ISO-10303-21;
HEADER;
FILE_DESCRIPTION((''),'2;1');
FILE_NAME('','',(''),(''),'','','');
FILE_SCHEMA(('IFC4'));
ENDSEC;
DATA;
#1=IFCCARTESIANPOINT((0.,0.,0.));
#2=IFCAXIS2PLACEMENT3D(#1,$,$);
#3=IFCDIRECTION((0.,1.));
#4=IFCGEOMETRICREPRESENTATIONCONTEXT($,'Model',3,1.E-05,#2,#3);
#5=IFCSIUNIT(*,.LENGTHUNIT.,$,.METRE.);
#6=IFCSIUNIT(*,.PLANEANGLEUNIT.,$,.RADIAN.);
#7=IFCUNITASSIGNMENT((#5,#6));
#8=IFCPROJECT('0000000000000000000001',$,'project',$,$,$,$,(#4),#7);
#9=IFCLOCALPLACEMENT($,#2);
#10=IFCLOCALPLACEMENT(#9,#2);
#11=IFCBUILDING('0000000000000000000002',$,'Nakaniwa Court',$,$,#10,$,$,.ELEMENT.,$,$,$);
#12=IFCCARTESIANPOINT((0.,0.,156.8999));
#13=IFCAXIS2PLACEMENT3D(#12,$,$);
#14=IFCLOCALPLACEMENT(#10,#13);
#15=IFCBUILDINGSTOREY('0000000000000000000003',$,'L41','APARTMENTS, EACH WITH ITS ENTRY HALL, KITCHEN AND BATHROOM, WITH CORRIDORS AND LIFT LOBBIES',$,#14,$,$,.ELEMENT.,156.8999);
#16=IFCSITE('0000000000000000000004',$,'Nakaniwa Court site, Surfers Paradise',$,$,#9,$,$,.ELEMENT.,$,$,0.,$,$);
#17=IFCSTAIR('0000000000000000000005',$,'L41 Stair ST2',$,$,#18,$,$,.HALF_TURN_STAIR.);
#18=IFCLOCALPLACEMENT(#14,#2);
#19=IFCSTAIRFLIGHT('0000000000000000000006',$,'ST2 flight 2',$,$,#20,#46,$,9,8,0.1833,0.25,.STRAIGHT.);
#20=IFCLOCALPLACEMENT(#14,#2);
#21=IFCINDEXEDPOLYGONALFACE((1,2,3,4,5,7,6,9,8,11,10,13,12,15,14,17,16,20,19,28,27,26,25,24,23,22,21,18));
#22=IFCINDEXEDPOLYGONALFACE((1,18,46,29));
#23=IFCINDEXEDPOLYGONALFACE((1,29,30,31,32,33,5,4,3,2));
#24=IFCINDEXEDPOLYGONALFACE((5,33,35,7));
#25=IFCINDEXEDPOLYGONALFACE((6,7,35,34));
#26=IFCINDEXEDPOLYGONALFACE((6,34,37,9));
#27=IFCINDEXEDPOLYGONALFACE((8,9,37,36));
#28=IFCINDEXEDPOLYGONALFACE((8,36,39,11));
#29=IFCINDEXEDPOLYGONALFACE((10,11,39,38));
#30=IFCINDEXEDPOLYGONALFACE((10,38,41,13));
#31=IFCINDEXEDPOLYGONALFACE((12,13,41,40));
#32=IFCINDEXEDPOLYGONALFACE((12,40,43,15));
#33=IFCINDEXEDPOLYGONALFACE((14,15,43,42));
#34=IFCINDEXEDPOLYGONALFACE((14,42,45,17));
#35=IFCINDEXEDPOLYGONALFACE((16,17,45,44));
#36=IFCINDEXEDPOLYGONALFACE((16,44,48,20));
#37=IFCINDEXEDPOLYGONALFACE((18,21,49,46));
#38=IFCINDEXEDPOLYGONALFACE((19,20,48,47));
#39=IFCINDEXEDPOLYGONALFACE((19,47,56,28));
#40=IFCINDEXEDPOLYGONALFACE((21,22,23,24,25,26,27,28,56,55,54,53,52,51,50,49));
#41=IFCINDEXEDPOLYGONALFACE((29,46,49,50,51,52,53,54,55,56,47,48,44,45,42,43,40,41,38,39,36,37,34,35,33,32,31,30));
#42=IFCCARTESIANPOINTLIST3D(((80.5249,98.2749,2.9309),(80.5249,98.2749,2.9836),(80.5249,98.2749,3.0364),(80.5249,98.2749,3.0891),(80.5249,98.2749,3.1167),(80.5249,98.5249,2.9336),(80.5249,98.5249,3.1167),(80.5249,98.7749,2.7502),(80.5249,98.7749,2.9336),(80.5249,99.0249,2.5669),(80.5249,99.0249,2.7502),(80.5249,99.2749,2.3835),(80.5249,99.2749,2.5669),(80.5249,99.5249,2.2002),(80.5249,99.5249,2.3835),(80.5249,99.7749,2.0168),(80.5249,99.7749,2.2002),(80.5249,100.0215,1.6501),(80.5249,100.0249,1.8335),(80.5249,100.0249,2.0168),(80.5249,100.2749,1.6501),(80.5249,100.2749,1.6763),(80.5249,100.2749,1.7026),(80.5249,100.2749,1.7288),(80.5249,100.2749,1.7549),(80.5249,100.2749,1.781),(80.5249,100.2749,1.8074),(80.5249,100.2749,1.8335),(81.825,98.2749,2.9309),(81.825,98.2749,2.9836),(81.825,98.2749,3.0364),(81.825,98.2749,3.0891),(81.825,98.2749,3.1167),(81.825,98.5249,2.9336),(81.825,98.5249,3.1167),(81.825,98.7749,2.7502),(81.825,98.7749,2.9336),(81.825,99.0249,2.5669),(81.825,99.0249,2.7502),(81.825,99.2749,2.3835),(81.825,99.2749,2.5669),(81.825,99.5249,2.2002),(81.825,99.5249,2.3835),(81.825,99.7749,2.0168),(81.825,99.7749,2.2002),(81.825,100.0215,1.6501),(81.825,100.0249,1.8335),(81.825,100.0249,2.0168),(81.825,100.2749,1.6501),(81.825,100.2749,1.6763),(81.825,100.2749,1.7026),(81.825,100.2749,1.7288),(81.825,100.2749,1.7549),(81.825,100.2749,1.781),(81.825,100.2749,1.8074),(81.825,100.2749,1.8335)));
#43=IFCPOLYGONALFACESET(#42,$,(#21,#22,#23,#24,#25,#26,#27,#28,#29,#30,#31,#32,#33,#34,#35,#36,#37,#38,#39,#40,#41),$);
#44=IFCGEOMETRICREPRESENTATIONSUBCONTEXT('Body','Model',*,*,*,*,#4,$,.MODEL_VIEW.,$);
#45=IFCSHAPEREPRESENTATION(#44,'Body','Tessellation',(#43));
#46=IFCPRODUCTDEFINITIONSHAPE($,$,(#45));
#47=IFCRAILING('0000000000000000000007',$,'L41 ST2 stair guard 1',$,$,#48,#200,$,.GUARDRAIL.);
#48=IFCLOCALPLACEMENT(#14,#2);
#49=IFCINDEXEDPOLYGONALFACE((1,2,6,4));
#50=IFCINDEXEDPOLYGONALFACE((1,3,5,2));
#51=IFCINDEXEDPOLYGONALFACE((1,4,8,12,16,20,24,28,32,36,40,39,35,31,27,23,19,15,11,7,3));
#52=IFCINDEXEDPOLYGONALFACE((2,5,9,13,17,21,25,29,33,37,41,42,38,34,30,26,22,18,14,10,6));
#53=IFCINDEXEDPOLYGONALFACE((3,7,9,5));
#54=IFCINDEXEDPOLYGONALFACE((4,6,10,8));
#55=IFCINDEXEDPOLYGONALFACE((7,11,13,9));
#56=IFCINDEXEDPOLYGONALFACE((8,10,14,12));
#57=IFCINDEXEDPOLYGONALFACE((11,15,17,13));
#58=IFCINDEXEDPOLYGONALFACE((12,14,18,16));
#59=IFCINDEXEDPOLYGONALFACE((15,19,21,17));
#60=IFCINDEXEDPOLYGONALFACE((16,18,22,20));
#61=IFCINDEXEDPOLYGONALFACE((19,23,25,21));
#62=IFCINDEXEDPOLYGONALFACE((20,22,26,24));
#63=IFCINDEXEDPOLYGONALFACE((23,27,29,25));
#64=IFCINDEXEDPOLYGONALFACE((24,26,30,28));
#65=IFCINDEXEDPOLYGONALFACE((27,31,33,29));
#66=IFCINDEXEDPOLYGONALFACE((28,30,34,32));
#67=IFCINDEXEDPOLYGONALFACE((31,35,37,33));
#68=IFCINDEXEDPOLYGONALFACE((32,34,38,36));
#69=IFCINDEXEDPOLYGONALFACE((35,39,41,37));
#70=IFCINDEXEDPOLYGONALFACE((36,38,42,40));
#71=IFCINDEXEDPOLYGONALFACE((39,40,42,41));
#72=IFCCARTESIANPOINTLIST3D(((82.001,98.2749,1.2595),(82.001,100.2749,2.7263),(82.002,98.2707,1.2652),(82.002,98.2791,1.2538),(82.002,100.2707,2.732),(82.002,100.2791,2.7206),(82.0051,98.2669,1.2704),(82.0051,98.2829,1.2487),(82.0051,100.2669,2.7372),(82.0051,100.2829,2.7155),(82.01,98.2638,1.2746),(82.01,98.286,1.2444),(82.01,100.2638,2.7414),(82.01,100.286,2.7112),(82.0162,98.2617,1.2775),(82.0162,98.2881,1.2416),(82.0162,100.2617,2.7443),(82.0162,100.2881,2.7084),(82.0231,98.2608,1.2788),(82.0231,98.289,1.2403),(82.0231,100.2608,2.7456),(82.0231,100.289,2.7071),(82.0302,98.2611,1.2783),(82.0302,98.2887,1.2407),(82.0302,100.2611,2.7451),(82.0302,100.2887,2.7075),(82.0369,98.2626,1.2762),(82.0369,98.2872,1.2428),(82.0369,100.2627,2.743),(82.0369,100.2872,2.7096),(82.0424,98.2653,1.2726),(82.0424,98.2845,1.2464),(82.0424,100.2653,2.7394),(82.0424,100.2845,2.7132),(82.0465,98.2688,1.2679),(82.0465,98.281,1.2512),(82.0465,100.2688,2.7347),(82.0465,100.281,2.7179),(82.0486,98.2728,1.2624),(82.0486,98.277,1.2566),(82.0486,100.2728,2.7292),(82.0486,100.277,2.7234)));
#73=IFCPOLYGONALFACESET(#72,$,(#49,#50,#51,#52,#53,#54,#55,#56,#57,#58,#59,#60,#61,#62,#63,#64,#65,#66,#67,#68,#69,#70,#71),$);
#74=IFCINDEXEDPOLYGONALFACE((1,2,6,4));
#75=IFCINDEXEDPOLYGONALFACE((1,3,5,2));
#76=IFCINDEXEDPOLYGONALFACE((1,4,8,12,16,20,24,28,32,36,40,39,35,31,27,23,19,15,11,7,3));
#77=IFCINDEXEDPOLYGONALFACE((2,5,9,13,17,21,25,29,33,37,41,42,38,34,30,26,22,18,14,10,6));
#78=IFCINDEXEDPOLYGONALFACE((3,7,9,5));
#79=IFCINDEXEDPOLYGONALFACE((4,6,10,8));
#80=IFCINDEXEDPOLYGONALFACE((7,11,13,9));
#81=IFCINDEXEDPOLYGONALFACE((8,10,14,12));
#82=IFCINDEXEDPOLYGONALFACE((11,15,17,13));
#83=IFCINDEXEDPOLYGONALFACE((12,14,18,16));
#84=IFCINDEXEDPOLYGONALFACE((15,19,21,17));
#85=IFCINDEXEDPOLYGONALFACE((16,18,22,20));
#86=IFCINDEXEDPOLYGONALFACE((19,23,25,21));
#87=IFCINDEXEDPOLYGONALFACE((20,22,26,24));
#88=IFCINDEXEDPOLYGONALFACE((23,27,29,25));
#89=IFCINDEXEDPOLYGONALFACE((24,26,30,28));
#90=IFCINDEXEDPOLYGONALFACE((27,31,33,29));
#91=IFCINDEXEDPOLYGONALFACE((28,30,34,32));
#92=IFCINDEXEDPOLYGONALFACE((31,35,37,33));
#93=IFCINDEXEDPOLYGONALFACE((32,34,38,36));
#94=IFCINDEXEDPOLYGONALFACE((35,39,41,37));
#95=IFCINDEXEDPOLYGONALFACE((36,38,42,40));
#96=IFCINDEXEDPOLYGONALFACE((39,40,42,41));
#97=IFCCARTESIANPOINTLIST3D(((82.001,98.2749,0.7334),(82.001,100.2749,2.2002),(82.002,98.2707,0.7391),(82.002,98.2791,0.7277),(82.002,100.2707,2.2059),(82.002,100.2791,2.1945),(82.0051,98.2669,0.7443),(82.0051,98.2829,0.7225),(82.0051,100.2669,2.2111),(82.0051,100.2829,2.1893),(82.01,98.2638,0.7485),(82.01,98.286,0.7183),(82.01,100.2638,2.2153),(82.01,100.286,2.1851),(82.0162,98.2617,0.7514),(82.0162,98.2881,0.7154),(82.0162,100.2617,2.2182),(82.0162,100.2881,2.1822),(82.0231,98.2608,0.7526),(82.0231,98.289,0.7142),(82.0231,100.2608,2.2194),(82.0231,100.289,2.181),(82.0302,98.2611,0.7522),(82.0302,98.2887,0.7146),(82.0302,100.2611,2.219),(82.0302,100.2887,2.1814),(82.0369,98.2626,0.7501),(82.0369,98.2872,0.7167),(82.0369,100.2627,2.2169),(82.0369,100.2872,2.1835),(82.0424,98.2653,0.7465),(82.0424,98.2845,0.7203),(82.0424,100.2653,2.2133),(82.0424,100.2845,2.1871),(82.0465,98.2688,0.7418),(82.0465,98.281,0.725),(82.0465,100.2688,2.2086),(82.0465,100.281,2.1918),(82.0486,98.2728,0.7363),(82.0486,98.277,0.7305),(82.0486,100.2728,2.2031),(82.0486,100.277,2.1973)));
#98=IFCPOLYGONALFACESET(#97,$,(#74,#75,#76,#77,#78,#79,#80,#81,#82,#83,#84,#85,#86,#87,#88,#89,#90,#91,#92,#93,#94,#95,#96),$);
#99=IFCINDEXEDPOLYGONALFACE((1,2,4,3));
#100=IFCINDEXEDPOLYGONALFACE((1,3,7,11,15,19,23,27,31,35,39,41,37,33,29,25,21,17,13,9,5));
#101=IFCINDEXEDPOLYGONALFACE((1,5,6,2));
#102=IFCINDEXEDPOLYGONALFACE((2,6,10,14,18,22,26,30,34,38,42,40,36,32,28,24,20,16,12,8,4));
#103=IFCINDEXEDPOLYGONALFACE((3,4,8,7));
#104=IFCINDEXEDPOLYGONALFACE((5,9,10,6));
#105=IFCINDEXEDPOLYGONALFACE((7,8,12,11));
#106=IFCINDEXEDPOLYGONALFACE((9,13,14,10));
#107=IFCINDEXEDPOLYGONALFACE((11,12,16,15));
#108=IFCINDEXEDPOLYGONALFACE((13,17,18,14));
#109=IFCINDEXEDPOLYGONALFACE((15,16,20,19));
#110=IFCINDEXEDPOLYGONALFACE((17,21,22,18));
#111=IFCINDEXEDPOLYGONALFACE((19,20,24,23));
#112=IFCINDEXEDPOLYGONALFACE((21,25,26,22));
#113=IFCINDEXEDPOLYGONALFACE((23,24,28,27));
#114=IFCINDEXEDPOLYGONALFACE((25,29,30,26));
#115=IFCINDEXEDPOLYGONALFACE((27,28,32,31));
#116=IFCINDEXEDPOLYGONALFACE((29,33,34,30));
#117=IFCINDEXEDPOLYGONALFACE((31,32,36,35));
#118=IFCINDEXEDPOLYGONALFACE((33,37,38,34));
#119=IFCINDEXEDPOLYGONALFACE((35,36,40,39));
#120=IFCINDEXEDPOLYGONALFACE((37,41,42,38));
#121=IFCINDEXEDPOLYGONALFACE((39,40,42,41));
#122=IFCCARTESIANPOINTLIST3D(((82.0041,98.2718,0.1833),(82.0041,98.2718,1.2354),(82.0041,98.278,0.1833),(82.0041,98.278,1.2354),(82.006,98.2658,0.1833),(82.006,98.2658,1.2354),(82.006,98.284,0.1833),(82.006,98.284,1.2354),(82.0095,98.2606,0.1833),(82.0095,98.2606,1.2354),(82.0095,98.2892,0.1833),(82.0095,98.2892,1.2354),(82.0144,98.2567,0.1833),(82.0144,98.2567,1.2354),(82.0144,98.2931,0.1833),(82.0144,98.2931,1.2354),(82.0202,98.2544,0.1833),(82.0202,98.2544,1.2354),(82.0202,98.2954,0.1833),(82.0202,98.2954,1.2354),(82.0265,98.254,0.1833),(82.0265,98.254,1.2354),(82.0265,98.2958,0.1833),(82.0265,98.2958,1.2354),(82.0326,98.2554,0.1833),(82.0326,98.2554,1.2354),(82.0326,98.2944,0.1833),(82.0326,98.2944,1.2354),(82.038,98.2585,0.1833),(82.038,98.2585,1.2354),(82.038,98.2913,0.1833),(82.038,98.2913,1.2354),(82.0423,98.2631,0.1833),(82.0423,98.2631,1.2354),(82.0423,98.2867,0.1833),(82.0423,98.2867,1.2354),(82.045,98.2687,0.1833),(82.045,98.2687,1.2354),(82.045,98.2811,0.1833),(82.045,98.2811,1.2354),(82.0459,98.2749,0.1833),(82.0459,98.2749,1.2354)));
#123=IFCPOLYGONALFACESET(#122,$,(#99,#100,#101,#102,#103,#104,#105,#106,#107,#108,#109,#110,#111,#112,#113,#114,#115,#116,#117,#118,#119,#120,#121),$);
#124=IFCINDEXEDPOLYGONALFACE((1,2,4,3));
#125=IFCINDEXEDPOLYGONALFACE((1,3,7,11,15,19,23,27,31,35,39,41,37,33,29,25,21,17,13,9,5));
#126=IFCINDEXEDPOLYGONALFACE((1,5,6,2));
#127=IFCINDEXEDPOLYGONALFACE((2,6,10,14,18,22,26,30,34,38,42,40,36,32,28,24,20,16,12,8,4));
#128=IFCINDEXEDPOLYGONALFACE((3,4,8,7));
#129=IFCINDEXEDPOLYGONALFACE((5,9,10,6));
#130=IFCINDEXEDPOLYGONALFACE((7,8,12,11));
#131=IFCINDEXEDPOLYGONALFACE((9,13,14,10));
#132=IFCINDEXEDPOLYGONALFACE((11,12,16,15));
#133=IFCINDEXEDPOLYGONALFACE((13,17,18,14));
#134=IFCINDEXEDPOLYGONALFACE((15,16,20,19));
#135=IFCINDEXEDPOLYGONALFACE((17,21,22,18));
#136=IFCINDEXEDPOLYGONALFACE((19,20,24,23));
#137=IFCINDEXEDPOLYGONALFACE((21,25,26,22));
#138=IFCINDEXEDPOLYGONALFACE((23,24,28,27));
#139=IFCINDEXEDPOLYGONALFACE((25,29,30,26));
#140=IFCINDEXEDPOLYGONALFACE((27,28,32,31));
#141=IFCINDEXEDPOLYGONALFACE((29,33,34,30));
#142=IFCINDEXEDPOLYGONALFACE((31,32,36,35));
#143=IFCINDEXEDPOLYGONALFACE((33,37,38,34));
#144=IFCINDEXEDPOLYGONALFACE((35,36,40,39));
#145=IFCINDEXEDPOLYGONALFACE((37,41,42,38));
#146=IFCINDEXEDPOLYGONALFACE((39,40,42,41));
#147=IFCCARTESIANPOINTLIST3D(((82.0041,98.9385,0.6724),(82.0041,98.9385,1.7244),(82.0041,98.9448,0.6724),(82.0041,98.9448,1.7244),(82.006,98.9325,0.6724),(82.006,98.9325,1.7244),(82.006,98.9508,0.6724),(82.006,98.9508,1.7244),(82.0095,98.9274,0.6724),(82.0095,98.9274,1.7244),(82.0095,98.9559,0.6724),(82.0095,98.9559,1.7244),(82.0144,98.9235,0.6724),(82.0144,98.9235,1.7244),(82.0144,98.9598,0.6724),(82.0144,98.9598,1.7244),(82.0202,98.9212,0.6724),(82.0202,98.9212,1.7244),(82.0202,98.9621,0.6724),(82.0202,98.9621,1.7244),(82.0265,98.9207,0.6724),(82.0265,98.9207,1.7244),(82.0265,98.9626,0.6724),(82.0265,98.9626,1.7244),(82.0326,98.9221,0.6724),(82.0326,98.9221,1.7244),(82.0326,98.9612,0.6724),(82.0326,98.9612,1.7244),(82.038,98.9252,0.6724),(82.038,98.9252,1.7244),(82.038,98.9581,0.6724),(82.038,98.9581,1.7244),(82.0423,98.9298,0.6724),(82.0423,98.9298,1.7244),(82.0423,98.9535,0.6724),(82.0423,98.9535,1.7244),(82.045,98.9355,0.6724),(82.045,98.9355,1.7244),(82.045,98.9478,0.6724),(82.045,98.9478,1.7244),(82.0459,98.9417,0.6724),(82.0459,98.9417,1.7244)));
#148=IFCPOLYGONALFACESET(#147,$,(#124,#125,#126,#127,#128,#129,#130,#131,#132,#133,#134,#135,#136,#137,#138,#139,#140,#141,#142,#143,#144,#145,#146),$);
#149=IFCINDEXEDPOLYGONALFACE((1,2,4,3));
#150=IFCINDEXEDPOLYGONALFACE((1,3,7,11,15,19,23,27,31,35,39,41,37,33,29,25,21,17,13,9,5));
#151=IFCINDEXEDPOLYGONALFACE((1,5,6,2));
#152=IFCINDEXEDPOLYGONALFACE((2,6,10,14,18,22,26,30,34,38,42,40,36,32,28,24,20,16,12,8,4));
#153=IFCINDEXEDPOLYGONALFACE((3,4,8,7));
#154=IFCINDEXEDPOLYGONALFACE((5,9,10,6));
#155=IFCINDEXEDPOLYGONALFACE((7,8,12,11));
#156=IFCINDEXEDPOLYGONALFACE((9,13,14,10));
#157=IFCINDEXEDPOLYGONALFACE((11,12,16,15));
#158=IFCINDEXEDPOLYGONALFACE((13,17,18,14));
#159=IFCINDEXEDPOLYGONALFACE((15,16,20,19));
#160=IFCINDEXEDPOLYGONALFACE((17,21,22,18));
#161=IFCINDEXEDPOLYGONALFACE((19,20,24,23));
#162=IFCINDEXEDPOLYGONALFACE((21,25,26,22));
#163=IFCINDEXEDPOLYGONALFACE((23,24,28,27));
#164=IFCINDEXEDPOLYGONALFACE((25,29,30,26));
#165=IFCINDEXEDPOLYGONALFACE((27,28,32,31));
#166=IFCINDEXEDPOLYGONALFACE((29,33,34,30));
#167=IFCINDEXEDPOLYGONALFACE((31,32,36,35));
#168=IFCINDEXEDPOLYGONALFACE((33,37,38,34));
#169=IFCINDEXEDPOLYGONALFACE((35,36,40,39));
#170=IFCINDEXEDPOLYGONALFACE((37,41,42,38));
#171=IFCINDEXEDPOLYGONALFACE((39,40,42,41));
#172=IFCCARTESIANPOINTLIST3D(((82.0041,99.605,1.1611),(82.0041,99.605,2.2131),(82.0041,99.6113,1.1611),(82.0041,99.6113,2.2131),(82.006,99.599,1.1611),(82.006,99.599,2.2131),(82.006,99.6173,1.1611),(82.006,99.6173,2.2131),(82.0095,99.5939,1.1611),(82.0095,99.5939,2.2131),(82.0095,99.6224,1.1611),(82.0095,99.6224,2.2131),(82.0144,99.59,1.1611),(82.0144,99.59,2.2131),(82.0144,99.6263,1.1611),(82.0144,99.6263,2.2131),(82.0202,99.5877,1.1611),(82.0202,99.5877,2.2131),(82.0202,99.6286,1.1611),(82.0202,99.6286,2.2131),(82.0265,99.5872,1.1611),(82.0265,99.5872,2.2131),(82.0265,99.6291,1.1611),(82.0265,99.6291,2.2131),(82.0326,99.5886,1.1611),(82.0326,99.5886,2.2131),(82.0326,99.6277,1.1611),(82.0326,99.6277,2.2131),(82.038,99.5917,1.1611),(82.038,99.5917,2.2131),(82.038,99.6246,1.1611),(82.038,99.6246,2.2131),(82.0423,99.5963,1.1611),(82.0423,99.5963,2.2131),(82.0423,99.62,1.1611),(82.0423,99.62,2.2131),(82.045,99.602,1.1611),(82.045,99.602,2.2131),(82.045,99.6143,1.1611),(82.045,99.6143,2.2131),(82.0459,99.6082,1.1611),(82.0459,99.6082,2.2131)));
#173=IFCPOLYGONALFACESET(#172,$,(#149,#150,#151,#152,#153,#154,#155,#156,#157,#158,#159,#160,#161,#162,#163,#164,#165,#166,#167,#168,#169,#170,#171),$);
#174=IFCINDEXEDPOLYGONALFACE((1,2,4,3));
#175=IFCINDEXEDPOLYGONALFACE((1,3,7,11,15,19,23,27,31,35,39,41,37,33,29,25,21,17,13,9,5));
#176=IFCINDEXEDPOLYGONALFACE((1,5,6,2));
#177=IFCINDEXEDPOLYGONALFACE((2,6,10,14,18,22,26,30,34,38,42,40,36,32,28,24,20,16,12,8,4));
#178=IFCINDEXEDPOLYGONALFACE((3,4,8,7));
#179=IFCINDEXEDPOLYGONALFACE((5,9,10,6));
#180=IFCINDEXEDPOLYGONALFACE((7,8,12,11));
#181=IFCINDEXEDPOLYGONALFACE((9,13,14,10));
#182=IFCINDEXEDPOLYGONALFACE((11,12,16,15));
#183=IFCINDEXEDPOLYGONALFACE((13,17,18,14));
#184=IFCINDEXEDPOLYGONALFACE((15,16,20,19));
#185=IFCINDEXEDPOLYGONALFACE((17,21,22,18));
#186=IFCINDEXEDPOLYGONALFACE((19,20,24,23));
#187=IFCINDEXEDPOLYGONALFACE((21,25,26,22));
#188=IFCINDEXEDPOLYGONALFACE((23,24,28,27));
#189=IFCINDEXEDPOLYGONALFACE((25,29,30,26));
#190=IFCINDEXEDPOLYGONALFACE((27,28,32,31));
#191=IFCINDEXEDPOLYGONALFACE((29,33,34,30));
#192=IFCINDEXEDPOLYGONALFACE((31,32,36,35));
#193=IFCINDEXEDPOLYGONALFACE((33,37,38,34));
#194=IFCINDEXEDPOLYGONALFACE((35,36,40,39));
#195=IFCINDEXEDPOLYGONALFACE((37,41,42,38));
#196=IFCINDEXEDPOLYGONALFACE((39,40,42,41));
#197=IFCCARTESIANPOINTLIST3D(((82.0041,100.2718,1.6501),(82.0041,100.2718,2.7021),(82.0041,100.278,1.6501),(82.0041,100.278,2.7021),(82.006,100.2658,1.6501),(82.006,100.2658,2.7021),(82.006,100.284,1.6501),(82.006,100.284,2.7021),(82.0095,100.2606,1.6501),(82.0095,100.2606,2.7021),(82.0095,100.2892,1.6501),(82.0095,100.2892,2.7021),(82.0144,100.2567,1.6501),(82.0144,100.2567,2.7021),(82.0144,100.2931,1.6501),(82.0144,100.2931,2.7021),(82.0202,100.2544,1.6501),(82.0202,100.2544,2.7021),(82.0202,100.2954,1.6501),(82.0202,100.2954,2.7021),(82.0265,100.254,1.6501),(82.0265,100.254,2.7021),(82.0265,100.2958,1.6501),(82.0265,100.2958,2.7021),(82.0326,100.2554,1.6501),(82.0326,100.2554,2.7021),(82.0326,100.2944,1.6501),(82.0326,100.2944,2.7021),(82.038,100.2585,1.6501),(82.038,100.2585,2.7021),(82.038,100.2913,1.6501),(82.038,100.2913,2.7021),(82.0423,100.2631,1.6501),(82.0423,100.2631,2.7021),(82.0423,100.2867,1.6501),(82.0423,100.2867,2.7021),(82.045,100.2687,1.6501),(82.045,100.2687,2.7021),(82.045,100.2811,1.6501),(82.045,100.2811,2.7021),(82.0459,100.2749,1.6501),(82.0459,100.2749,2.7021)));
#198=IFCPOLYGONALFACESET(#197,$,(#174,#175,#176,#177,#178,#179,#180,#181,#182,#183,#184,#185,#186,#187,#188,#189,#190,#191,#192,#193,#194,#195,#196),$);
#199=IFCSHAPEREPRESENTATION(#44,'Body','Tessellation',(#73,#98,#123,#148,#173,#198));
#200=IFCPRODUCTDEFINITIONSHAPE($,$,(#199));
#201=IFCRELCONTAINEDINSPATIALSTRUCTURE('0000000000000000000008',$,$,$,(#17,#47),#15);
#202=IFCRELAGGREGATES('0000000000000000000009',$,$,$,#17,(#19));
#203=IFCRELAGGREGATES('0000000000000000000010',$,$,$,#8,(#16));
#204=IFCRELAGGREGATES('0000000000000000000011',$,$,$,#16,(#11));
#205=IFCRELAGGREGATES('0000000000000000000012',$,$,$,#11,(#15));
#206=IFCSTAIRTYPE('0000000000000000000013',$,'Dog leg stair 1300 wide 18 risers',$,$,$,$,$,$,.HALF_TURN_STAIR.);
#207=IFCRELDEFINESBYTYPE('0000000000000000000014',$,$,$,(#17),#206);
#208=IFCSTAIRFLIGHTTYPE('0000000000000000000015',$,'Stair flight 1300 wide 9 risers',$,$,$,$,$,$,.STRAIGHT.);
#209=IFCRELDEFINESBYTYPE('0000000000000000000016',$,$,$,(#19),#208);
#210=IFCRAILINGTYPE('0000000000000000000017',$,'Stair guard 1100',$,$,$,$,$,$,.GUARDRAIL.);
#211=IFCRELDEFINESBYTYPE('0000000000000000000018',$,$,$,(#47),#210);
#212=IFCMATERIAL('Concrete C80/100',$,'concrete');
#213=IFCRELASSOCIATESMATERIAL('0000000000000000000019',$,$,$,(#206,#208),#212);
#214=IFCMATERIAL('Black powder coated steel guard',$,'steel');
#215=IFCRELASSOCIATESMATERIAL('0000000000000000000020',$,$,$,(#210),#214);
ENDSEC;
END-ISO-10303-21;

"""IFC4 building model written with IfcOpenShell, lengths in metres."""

from ifc_helpers import new_model, si_unit, direction, frame, origin, origin_2d, place, context, subcontext, project, spatial, polyline, circle, outline, extrude, material, type_object, element, aggregate, save


model = new_model("IFC4")

# Units and contexts
model_context = context("Model", 3, precision=1e-05, world=origin(), true_north=direction((0.0, 1.0)))
body_context = subcontext(model_context, "Body", "Model", "MODEL_VIEW")
ifc_project = project(units=[si_unit("LENGTHUNIT", "METRE"), si_unit("PLANEANGLEUNIT", "RADIAN")], contexts=[model_context])

# Site, building, storey
site_placement = place(None, origin())
site = spatial("IfcSite", under=ifc_project, at=site_placement, Name="Nakaniwa Court site, Surfers Paradise", CompositionType="ELEMENT", RefElevation=0.0)
building_placement = place(site_placement, origin())
building = spatial("IfcBuilding", under=site, at=building_placement, Name="Nakaniwa Court", CompositionType="ELEMENT")
storey_placement = place(building_placement, frame((0.0, 0.0, 156.8999)))
storey = spatial("IfcBuildingStorey", under=building, at=storey_placement, Name="L41", Description="APARTMENTS, EACH WITH ITS ENTRY HALL, KITCHEN AND BATHROOM, WITH CORRIDORS AND LIFT LOBBIES", CompositionType="ELEMENT", Elevation=156.8999)

# Shared definitions
ifc_material_1 = material(Name="Concrete C80/100", Category="concrete")

# Stair, stair flight
stair_type = type_object("IfcStairType", Name="Dog leg stair 1300 wide 18 risers", PredefinedType="HALF_TURN_STAIR", material=ifc_material_1)
stair_placement = place(storey_placement, origin())
stair = element("IfcStair", 1, at=stair_placement, inside=storey, type_object=stair_type, Name="L41 Stair ST2", PredefinedType="HALF_TURN_STAIR")
stair_flight_type = type_object("IfcStairFlightType", Name="Stair flight 1300 wide 9 risers", PredefinedType="STRAIGHT", material=ifc_material_1)
stair_flight_1_placement = place(storey_placement, frame((81.175, 100.2749, 1.6501), z_axis=(0.0, 0.0, 1.0), x_axis=(0.0, -1.0, 0.0)))
stair_flight_1 = element("IfcStairFlight", 2, at=stair_flight_1_placement, type_object=stair_flight_type, Name="ST2 flight 2", NumberOfRisers=9, NumberOfTreads=8, PredefinedType="STRAIGHT", RiserHeight=0.1833, TreadLength=0.25, context=body_context, shape_type="SweptSolid", body=[
    extrude(outline(polyline([(0.0, 0.0), (0.0, 0.0261), (0.0, 0.0525), (0.0, 0.0786), (0.0, 0.1047), (0.0, 0.1309), (0.0, 0.1572), (0.0, 0.1833), (0.25, 0.1833), (0.25, 0.3667), (0.5, 0.3667), (0.5, 0.55), (0.75, 0.55), (0.75, 0.7334), (1.0, 0.7334), (1.0, 0.9167), (1.25, 0.9167), (1.25, 1.1001), (1.5, 1.1001), (1.5, 1.2834), (1.75, 1.2834), (1.75, 1.4666), (2.0, 1.4666), (2.0, 1.6499), (2.0, 1.5972), (2.0, 1.5444), (2.0, 1.4917), (2.0, 1.439), (2.0, 1.3862), (2.0, 1.3335), (2.0, 1.2808), (0.2534, 0.0), (0.0, 0.0)])), frame((0.0, 0.6499, 0.0), z_axis=(0.0, -1.0, 0.0), x_axis=(1.0, 0.0, 0.0)), (0.0, 0.0, 1.0), 1.3),
])
aggregate(stair, [stair_flight_1])

# Railing
ifc_material_2 = material(Name="Black powder coated steel guard", Category="steel")
railing_type_1 = type_object("IfcRailingType", Name="Stair guard 1100", PredefinedType="GUARDRAIL", material=ifc_material_2)
railing_1_placement = place(storey_placement, frame((82.0249, 98.2749, 0.1833)))
element("IfcRailing", 3, at=railing_1_placement, inside=storey, type_object=railing_type_1, Name="L41 ST2 stair guard 1", PredefinedType="GUARDRAIL", context=body_context, shape_type="SweptSolid", body=[
    extrude(circle(Radius=0.0239, at=origin_2d()), frame((0.0, 0.0, 1.0762), z_axis=(0.0, 0.80638, 0.591398), x_axis=(-1.0, 0.0, 0.0)), (0.0, 0.0, 1.0), 2.4802),
    extrude(circle(Radius=0.0239, at=origin_2d()), frame((0.0, 0.0, 0.55), z_axis=(0.0, 0.80638, 0.591398), x_axis=(-1.0, 0.0, 0.0)), (0.0, 0.0, 1.0), 2.4802),
    extrude(circle(Radius=0.021, at=origin_2d()), origin(), (0.0, 0.0, 1.0), 1.052),
    extrude(circle(Radius=0.021, at=origin_2d()), frame((0.0, 0.6667, 0.489)), (0.0, 0.0, 1.0), 1.052),
    extrude(circle(Radius=0.021, at=origin_2d()), frame((0.0, 1.3333, 0.9778)), (0.0, 0.0, 1.0), 1.052),
    extrude(circle(Radius=0.021, at=origin_2d()), frame((0.0, 2.0, 1.4668)), (0.0, 0.0, 1.0), 1.052),
])

save(model, "model.ifc")
